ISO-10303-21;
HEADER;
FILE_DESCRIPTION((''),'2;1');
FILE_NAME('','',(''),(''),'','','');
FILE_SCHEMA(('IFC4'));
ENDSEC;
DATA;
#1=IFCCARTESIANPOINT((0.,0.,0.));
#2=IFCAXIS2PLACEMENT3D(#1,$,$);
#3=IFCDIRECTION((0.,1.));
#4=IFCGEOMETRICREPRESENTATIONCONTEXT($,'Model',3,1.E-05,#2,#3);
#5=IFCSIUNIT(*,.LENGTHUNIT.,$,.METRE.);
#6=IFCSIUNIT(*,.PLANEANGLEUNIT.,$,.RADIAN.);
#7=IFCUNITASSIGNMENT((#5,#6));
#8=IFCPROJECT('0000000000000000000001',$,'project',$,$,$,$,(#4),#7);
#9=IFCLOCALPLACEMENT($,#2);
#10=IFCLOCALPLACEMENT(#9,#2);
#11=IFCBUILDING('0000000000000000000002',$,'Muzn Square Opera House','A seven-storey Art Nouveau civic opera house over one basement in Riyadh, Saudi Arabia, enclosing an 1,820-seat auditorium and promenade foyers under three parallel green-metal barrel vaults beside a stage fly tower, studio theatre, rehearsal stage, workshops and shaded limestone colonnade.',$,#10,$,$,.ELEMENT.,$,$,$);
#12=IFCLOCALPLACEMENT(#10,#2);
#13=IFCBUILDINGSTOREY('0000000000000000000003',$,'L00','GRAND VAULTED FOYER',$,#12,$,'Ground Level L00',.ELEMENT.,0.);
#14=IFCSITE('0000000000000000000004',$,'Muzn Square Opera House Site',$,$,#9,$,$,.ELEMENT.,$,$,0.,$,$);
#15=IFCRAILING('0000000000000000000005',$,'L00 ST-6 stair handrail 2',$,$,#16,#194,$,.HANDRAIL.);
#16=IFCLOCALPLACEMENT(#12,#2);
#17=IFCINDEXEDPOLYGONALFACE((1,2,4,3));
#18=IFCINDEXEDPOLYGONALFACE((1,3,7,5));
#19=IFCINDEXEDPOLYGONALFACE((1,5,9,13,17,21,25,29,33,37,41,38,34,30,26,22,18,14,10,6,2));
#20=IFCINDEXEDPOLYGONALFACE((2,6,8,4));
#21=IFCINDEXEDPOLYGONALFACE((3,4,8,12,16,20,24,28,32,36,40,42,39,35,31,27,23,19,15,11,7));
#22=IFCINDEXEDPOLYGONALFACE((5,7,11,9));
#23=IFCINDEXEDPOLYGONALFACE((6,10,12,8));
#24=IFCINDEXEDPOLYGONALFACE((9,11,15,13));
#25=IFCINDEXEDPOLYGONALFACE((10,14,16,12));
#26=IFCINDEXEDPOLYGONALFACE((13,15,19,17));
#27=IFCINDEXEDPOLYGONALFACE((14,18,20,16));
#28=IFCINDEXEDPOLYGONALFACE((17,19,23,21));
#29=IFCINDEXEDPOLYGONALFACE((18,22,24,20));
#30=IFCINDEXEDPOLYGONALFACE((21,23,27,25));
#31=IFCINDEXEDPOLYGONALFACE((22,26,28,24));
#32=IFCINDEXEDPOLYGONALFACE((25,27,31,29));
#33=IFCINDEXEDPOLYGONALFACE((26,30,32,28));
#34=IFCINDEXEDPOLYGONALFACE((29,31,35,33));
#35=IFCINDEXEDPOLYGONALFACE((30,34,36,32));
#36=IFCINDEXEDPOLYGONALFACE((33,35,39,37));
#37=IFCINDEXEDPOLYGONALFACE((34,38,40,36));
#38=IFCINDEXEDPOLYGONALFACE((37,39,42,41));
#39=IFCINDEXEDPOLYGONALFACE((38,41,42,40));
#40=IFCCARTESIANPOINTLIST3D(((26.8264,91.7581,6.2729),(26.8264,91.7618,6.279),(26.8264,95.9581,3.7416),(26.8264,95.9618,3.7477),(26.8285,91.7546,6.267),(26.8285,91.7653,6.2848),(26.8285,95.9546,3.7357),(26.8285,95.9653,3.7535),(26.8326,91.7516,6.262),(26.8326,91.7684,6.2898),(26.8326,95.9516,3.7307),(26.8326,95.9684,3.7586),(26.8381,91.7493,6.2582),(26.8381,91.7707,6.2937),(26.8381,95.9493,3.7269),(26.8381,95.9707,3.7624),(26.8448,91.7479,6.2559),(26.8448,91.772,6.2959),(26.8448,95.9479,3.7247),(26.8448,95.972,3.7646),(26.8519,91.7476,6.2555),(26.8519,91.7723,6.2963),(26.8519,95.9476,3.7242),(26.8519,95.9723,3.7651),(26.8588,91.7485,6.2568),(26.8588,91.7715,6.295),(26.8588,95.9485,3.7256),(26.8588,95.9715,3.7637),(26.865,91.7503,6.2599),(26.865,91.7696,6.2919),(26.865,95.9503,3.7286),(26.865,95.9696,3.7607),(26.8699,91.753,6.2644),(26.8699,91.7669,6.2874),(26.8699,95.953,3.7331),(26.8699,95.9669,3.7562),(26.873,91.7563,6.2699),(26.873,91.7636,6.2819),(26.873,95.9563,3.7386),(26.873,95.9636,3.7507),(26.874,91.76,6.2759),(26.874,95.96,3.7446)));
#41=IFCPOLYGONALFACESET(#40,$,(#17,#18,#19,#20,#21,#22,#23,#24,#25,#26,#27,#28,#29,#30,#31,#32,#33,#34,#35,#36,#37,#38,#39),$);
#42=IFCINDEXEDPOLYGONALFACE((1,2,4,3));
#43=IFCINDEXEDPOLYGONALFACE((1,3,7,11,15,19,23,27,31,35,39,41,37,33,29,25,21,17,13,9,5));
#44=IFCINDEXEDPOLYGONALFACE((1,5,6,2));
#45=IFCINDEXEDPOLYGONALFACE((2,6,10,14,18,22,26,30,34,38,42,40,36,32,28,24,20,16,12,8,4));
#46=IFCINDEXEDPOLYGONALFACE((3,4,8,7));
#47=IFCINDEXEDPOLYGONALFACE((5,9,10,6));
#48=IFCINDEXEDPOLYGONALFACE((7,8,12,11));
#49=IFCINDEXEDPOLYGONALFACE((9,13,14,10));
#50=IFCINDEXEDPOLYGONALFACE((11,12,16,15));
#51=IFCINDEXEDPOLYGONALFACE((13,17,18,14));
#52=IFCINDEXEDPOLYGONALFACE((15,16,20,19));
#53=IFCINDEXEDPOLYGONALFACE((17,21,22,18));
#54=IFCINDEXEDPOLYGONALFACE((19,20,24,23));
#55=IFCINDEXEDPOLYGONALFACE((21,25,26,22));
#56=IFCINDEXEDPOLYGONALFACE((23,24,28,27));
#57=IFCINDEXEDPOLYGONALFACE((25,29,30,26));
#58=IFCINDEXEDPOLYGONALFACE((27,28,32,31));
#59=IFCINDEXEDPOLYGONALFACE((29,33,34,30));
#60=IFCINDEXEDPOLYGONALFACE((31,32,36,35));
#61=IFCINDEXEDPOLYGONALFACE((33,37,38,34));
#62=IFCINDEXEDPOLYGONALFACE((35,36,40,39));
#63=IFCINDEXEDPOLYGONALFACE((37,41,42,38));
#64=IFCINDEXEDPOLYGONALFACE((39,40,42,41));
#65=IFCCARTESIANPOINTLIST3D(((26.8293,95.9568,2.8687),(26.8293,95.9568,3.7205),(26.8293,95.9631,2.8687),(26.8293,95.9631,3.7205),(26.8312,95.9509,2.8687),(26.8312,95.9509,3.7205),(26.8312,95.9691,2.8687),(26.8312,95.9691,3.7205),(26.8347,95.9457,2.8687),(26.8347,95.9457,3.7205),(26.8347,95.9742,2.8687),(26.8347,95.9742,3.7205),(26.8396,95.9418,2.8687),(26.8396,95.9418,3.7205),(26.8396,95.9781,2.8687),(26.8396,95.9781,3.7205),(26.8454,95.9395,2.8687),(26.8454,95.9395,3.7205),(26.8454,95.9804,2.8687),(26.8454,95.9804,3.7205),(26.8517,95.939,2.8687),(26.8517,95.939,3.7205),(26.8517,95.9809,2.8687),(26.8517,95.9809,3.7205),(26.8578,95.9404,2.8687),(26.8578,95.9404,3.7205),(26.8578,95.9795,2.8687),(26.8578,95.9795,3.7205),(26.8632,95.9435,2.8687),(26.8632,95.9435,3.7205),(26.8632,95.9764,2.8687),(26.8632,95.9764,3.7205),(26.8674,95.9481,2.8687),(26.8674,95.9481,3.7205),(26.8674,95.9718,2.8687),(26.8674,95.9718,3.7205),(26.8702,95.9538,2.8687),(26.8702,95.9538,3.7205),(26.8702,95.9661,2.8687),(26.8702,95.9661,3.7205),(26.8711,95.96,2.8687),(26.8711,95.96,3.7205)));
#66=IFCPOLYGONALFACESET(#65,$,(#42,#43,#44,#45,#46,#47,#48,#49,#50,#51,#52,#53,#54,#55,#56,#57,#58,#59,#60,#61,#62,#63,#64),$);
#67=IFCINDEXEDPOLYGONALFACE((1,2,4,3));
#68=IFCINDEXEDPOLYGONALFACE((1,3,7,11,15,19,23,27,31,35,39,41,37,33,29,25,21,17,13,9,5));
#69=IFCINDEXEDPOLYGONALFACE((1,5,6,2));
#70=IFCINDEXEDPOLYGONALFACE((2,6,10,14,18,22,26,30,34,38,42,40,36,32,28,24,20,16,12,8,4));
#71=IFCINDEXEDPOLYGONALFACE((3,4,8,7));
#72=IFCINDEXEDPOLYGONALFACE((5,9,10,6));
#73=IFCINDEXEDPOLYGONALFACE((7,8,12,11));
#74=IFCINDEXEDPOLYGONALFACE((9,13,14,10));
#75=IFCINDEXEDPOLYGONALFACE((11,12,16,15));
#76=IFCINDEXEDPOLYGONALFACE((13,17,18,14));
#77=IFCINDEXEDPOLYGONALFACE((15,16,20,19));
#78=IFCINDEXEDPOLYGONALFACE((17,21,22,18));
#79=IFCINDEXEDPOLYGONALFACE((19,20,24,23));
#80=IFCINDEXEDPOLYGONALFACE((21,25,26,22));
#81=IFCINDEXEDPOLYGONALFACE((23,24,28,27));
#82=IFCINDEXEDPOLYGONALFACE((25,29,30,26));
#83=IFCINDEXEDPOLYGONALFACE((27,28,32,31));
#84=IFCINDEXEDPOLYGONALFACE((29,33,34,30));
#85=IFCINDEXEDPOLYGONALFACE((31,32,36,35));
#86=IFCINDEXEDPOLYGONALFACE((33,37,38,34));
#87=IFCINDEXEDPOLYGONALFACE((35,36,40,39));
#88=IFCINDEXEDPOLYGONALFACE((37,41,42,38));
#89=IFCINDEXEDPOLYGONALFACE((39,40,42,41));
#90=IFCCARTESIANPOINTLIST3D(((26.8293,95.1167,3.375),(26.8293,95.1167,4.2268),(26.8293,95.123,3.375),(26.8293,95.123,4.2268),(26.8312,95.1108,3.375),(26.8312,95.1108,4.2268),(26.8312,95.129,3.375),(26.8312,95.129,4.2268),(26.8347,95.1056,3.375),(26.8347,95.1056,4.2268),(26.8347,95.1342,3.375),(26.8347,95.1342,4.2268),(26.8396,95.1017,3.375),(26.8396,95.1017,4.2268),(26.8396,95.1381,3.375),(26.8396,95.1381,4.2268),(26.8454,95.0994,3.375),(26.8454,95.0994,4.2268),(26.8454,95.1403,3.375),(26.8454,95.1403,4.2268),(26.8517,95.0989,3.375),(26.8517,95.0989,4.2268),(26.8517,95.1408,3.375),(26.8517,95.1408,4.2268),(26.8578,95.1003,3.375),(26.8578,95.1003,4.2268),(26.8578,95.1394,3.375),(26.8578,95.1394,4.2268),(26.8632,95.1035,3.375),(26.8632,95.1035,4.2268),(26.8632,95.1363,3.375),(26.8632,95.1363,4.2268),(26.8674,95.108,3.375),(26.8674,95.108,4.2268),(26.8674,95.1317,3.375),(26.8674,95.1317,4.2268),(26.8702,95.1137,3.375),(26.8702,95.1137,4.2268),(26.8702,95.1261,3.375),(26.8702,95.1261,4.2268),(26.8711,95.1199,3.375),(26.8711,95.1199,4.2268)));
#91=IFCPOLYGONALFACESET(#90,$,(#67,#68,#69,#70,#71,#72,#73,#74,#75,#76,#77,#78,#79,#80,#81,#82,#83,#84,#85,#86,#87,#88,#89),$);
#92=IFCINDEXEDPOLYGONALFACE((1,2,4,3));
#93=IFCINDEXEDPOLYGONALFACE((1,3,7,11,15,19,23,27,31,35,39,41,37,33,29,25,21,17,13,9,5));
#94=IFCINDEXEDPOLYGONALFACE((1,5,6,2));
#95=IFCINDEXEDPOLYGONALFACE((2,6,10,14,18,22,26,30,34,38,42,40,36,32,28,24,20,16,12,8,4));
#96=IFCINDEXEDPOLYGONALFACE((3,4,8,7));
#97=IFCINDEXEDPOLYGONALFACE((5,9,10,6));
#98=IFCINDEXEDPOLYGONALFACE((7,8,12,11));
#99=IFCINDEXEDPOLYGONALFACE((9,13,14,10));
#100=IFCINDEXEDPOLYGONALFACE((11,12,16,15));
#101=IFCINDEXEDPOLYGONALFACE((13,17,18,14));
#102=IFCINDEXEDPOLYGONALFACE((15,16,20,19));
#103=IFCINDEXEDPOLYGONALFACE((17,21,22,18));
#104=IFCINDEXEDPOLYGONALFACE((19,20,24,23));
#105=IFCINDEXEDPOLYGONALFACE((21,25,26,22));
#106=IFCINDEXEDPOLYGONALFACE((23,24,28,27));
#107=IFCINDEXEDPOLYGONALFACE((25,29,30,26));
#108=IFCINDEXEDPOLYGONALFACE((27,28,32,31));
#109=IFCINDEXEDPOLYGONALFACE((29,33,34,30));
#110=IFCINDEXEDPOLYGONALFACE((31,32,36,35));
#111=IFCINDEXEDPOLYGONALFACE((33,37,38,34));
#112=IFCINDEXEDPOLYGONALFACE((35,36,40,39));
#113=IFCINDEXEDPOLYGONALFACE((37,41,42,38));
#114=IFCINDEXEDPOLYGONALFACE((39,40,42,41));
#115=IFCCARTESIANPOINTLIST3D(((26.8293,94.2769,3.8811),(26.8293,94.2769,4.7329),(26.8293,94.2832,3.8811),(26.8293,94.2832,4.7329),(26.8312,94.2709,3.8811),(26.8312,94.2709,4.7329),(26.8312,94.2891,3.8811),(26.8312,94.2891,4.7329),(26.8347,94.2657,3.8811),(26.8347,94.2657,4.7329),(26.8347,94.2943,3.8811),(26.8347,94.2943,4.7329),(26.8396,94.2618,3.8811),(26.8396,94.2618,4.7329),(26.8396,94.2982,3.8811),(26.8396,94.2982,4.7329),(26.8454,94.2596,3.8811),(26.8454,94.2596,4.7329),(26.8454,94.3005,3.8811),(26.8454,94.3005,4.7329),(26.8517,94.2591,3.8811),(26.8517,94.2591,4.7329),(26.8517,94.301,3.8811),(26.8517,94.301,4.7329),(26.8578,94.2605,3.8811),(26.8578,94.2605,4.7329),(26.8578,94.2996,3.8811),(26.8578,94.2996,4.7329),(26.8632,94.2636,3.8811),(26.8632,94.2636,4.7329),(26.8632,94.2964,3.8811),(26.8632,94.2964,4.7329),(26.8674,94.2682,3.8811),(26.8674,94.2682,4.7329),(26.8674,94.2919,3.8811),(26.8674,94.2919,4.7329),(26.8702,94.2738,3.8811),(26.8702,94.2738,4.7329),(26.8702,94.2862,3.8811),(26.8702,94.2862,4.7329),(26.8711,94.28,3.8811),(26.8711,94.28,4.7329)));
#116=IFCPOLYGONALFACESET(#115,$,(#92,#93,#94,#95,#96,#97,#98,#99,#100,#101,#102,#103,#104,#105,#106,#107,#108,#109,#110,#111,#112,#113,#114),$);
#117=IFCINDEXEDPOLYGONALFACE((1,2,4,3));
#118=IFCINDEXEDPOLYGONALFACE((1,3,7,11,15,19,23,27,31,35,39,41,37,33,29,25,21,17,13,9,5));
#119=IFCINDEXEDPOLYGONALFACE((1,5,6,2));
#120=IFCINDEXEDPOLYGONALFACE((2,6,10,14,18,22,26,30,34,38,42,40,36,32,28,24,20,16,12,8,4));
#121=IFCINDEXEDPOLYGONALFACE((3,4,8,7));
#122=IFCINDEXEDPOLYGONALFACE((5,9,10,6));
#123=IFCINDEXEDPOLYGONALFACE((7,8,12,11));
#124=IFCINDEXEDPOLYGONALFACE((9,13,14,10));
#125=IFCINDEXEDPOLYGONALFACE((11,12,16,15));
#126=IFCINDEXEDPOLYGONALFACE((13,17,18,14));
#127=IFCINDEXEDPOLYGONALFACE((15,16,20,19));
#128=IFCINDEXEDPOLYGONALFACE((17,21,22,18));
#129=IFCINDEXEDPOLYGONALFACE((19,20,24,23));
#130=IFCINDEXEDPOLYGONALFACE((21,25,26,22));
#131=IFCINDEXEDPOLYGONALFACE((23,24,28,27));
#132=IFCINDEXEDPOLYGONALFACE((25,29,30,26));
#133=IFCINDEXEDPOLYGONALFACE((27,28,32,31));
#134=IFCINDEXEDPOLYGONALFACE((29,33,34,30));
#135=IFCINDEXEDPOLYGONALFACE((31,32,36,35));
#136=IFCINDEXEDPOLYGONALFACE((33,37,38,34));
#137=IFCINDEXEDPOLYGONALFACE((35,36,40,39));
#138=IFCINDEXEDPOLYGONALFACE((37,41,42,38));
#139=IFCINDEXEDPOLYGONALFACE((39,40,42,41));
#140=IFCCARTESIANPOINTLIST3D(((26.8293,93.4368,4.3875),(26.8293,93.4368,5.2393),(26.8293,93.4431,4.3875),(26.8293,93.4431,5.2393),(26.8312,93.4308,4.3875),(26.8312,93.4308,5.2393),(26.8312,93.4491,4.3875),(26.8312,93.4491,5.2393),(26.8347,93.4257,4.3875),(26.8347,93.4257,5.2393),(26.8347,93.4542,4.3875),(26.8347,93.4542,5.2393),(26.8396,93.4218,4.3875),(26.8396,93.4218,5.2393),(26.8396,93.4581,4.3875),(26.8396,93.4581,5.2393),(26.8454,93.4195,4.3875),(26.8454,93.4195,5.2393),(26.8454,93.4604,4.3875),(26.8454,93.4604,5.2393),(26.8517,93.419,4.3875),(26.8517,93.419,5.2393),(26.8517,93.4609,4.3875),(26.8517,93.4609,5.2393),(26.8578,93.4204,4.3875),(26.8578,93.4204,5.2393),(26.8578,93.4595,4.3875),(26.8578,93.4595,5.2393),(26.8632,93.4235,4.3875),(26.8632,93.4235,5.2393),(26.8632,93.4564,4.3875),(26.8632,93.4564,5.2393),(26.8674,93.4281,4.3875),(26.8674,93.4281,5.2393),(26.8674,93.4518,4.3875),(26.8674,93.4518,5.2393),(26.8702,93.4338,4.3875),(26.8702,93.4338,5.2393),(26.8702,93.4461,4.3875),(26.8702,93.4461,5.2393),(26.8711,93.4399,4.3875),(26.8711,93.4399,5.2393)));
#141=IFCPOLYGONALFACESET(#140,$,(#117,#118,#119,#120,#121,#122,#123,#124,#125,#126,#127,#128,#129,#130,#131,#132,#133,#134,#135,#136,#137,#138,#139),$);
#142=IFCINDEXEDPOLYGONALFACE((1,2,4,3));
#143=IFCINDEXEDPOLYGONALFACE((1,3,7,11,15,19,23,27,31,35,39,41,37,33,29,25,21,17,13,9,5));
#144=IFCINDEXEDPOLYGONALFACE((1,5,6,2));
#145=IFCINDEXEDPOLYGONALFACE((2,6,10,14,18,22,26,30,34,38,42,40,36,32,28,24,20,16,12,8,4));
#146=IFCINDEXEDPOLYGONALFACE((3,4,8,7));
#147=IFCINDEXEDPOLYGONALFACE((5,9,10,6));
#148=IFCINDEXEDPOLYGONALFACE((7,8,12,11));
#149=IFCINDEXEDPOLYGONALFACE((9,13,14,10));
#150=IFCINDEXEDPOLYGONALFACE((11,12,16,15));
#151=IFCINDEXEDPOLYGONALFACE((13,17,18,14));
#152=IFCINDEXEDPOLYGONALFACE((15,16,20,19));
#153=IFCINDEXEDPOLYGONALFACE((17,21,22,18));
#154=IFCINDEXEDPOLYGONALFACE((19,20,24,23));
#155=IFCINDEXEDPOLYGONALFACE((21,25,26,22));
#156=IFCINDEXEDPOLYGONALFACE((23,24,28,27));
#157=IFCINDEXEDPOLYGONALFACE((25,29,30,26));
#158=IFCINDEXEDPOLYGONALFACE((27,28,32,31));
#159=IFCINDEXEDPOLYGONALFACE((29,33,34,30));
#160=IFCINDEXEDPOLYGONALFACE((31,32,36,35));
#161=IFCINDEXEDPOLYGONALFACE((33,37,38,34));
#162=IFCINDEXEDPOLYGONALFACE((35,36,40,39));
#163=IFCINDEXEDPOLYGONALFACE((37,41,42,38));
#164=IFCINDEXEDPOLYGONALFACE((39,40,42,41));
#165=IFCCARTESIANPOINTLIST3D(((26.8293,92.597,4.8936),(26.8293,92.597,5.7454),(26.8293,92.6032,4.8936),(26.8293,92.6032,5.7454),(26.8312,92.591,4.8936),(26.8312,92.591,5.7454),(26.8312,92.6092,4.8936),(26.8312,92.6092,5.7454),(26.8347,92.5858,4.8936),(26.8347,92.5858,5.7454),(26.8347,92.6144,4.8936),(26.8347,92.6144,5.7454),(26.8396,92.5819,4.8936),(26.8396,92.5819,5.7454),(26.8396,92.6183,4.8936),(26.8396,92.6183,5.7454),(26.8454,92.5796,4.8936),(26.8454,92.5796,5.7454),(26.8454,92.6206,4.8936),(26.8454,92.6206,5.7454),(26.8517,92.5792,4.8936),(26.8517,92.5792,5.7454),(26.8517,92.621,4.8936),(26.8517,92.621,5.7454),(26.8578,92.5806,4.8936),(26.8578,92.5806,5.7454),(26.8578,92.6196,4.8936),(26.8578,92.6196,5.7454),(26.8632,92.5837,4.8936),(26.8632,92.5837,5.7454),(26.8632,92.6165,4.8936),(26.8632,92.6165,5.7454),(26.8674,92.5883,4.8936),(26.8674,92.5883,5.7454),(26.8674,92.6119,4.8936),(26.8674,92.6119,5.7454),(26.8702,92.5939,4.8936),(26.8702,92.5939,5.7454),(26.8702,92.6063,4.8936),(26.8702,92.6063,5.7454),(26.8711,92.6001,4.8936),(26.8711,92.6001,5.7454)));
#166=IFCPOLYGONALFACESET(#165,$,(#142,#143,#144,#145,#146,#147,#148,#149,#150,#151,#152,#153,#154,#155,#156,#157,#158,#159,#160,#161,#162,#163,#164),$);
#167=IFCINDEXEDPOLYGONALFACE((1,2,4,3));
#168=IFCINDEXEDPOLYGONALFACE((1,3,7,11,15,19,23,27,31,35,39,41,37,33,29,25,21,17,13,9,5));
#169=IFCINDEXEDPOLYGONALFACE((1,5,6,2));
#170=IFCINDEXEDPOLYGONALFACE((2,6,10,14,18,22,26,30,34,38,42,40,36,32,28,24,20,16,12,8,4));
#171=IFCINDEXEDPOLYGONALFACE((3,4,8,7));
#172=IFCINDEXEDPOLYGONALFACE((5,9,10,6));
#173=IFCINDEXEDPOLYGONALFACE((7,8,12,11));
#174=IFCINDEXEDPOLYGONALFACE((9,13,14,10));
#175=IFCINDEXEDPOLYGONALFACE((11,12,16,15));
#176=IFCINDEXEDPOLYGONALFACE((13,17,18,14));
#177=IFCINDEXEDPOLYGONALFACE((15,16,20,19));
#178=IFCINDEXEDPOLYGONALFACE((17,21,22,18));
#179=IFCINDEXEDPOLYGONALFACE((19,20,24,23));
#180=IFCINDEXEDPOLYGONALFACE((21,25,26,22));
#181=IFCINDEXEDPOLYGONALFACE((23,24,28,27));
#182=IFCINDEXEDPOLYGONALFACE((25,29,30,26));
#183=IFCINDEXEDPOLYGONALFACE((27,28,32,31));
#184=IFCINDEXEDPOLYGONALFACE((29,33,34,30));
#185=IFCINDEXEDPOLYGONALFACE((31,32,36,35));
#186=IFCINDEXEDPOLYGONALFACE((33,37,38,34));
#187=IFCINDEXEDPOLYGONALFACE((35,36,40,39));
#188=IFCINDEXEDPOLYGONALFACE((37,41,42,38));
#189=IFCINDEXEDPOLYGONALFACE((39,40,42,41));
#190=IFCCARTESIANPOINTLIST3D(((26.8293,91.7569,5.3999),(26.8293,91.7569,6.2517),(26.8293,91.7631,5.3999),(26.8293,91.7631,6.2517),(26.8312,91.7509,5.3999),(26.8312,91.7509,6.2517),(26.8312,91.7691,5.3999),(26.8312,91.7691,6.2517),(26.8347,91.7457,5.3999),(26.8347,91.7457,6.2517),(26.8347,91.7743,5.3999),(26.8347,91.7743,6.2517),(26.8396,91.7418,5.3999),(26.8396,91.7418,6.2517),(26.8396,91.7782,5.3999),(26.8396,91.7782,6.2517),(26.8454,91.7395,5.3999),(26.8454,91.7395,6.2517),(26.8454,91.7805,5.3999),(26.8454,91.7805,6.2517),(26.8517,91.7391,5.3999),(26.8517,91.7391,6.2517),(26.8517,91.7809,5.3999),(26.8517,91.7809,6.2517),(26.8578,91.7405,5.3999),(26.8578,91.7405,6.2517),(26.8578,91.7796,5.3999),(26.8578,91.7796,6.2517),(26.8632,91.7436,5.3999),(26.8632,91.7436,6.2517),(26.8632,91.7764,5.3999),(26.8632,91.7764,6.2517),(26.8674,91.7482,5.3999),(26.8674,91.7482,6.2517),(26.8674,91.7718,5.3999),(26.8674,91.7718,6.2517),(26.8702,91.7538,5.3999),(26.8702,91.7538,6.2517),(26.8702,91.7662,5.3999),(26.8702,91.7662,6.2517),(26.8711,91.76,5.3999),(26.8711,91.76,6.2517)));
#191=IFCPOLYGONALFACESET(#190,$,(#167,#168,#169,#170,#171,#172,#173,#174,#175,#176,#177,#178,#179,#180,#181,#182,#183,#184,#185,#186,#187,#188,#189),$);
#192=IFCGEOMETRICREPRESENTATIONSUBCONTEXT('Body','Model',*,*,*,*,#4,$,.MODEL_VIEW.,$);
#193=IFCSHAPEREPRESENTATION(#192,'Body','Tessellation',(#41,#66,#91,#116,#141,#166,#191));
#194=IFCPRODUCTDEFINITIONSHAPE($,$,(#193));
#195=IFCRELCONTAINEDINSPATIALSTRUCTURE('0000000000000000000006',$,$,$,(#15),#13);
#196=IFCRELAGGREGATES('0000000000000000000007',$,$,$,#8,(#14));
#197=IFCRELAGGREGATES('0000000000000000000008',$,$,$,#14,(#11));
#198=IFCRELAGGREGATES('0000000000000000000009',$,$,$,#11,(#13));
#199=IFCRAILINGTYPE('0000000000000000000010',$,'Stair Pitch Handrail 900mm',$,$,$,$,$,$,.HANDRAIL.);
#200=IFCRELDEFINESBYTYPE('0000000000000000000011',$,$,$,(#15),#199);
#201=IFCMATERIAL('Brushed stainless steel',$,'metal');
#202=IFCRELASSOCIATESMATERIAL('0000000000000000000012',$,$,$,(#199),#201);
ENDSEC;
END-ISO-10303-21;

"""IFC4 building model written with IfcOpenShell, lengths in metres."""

from ifc_helpers import new_model, si_unit, direction, frame, origin, origin_2d, place, context, subcontext, project, spatial, circle, extrude, material, type_object, element, save


model = new_model("IFC4")

# Units and contexts
model_context = context("Model", 3, precision=1e-05, world=origin(), true_north=direction((0.0, 1.0)))
body_context = subcontext(model_context, "Body", "Model", "MODEL_VIEW")
ifc_project = project(units=[si_unit("LENGTHUNIT", "METRE"), si_unit("PLANEANGLEUNIT", "RADIAN")], contexts=[model_context])

# Site, building, storey
site_placement = place(None, origin())
site = spatial("IfcSite", under=ifc_project, at=site_placement, Name="Muzn Square Opera House Site", CompositionType="ELEMENT", RefElevation=0.0)
building_placement = place(site_placement, origin())
building = spatial("IfcBuilding", under=site, at=building_placement, Name="Muzn Square Opera House", Description="A seven-storey Art Nouveau civic opera house over one basement in Riyadh, Saudi Arabia, enclosing an 1,820-seat auditorium and promenade foyers under three parallel green-metal barrel vaults beside a stage fly tower, studio theatre, rehearsal stage, workshops and shaded limestone colonnade.", CompositionType="ELEMENT")
storey_placement = place(building_placement, origin())
storey = spatial("IfcBuildingStorey", under=building, at=storey_placement, Name="L00", Description="GRAND VAULTED FOYER", LongName="Ground Level L00", CompositionType="ELEMENT", Elevation=0.0)

# Railing
ifc_material_1 = material(Name="Brushed stainless steel", Category="metal")
railing_type = type_object("IfcRailingType", Name="Stair Pitch Handrail 900mm", PredefinedType="HANDRAIL", material=ifc_material_1)
railing_placement = place(storey_placement, frame((26.8501, 95.96, 2.8687)))
element("IfcRailing", 1, at=railing_placement, inside=storey, type_object=railing_type, Name="L00 ST-6 stair handrail 2", PredefinedType="HANDRAIL", context=body_context, shape_type="SweptSolid", body=[
    extrude(circle(Radius=0.0239, at=origin_2d()), frame((0.0, 0.0, 0.876), z_axis=(0.0, -0.856476, 0.516186), x_axis=(1.0, 0.0, 0.0)), (0.0, 0.0, 1.0), 4.9038),
    extrude(circle(Radius=0.021, at=origin_2d()), origin(), (0.0, 0.0, 1.0), 0.8518),
    extrude(circle(Radius=0.021, at=origin_2d()), frame((0.0, -0.8401, 0.5063)), (0.0, 0.0, 1.0), 0.8518),
    extrude(circle(Radius=0.021, at=origin_2d()), frame((0.0, -1.6799, 1.0125)), (0.0, 0.0, 1.0), 0.8518),
    extrude(circle(Radius=0.021, at=origin_2d()), frame((0.0, -2.52, 1.5188)), (0.0, 0.0, 1.0), 0.8518),
    extrude(circle(Radius=0.021, at=origin_2d()), frame((0.0, -3.3599, 2.0249)), (0.0, 0.0, 1.0), 0.8518),
    extrude(circle(Radius=0.021, at=origin_2d()), frame((0.0, -4.2, 2.5312)), (0.0, 0.0, 1.0), 0.8518),
])

save(model, "model.ifc")
